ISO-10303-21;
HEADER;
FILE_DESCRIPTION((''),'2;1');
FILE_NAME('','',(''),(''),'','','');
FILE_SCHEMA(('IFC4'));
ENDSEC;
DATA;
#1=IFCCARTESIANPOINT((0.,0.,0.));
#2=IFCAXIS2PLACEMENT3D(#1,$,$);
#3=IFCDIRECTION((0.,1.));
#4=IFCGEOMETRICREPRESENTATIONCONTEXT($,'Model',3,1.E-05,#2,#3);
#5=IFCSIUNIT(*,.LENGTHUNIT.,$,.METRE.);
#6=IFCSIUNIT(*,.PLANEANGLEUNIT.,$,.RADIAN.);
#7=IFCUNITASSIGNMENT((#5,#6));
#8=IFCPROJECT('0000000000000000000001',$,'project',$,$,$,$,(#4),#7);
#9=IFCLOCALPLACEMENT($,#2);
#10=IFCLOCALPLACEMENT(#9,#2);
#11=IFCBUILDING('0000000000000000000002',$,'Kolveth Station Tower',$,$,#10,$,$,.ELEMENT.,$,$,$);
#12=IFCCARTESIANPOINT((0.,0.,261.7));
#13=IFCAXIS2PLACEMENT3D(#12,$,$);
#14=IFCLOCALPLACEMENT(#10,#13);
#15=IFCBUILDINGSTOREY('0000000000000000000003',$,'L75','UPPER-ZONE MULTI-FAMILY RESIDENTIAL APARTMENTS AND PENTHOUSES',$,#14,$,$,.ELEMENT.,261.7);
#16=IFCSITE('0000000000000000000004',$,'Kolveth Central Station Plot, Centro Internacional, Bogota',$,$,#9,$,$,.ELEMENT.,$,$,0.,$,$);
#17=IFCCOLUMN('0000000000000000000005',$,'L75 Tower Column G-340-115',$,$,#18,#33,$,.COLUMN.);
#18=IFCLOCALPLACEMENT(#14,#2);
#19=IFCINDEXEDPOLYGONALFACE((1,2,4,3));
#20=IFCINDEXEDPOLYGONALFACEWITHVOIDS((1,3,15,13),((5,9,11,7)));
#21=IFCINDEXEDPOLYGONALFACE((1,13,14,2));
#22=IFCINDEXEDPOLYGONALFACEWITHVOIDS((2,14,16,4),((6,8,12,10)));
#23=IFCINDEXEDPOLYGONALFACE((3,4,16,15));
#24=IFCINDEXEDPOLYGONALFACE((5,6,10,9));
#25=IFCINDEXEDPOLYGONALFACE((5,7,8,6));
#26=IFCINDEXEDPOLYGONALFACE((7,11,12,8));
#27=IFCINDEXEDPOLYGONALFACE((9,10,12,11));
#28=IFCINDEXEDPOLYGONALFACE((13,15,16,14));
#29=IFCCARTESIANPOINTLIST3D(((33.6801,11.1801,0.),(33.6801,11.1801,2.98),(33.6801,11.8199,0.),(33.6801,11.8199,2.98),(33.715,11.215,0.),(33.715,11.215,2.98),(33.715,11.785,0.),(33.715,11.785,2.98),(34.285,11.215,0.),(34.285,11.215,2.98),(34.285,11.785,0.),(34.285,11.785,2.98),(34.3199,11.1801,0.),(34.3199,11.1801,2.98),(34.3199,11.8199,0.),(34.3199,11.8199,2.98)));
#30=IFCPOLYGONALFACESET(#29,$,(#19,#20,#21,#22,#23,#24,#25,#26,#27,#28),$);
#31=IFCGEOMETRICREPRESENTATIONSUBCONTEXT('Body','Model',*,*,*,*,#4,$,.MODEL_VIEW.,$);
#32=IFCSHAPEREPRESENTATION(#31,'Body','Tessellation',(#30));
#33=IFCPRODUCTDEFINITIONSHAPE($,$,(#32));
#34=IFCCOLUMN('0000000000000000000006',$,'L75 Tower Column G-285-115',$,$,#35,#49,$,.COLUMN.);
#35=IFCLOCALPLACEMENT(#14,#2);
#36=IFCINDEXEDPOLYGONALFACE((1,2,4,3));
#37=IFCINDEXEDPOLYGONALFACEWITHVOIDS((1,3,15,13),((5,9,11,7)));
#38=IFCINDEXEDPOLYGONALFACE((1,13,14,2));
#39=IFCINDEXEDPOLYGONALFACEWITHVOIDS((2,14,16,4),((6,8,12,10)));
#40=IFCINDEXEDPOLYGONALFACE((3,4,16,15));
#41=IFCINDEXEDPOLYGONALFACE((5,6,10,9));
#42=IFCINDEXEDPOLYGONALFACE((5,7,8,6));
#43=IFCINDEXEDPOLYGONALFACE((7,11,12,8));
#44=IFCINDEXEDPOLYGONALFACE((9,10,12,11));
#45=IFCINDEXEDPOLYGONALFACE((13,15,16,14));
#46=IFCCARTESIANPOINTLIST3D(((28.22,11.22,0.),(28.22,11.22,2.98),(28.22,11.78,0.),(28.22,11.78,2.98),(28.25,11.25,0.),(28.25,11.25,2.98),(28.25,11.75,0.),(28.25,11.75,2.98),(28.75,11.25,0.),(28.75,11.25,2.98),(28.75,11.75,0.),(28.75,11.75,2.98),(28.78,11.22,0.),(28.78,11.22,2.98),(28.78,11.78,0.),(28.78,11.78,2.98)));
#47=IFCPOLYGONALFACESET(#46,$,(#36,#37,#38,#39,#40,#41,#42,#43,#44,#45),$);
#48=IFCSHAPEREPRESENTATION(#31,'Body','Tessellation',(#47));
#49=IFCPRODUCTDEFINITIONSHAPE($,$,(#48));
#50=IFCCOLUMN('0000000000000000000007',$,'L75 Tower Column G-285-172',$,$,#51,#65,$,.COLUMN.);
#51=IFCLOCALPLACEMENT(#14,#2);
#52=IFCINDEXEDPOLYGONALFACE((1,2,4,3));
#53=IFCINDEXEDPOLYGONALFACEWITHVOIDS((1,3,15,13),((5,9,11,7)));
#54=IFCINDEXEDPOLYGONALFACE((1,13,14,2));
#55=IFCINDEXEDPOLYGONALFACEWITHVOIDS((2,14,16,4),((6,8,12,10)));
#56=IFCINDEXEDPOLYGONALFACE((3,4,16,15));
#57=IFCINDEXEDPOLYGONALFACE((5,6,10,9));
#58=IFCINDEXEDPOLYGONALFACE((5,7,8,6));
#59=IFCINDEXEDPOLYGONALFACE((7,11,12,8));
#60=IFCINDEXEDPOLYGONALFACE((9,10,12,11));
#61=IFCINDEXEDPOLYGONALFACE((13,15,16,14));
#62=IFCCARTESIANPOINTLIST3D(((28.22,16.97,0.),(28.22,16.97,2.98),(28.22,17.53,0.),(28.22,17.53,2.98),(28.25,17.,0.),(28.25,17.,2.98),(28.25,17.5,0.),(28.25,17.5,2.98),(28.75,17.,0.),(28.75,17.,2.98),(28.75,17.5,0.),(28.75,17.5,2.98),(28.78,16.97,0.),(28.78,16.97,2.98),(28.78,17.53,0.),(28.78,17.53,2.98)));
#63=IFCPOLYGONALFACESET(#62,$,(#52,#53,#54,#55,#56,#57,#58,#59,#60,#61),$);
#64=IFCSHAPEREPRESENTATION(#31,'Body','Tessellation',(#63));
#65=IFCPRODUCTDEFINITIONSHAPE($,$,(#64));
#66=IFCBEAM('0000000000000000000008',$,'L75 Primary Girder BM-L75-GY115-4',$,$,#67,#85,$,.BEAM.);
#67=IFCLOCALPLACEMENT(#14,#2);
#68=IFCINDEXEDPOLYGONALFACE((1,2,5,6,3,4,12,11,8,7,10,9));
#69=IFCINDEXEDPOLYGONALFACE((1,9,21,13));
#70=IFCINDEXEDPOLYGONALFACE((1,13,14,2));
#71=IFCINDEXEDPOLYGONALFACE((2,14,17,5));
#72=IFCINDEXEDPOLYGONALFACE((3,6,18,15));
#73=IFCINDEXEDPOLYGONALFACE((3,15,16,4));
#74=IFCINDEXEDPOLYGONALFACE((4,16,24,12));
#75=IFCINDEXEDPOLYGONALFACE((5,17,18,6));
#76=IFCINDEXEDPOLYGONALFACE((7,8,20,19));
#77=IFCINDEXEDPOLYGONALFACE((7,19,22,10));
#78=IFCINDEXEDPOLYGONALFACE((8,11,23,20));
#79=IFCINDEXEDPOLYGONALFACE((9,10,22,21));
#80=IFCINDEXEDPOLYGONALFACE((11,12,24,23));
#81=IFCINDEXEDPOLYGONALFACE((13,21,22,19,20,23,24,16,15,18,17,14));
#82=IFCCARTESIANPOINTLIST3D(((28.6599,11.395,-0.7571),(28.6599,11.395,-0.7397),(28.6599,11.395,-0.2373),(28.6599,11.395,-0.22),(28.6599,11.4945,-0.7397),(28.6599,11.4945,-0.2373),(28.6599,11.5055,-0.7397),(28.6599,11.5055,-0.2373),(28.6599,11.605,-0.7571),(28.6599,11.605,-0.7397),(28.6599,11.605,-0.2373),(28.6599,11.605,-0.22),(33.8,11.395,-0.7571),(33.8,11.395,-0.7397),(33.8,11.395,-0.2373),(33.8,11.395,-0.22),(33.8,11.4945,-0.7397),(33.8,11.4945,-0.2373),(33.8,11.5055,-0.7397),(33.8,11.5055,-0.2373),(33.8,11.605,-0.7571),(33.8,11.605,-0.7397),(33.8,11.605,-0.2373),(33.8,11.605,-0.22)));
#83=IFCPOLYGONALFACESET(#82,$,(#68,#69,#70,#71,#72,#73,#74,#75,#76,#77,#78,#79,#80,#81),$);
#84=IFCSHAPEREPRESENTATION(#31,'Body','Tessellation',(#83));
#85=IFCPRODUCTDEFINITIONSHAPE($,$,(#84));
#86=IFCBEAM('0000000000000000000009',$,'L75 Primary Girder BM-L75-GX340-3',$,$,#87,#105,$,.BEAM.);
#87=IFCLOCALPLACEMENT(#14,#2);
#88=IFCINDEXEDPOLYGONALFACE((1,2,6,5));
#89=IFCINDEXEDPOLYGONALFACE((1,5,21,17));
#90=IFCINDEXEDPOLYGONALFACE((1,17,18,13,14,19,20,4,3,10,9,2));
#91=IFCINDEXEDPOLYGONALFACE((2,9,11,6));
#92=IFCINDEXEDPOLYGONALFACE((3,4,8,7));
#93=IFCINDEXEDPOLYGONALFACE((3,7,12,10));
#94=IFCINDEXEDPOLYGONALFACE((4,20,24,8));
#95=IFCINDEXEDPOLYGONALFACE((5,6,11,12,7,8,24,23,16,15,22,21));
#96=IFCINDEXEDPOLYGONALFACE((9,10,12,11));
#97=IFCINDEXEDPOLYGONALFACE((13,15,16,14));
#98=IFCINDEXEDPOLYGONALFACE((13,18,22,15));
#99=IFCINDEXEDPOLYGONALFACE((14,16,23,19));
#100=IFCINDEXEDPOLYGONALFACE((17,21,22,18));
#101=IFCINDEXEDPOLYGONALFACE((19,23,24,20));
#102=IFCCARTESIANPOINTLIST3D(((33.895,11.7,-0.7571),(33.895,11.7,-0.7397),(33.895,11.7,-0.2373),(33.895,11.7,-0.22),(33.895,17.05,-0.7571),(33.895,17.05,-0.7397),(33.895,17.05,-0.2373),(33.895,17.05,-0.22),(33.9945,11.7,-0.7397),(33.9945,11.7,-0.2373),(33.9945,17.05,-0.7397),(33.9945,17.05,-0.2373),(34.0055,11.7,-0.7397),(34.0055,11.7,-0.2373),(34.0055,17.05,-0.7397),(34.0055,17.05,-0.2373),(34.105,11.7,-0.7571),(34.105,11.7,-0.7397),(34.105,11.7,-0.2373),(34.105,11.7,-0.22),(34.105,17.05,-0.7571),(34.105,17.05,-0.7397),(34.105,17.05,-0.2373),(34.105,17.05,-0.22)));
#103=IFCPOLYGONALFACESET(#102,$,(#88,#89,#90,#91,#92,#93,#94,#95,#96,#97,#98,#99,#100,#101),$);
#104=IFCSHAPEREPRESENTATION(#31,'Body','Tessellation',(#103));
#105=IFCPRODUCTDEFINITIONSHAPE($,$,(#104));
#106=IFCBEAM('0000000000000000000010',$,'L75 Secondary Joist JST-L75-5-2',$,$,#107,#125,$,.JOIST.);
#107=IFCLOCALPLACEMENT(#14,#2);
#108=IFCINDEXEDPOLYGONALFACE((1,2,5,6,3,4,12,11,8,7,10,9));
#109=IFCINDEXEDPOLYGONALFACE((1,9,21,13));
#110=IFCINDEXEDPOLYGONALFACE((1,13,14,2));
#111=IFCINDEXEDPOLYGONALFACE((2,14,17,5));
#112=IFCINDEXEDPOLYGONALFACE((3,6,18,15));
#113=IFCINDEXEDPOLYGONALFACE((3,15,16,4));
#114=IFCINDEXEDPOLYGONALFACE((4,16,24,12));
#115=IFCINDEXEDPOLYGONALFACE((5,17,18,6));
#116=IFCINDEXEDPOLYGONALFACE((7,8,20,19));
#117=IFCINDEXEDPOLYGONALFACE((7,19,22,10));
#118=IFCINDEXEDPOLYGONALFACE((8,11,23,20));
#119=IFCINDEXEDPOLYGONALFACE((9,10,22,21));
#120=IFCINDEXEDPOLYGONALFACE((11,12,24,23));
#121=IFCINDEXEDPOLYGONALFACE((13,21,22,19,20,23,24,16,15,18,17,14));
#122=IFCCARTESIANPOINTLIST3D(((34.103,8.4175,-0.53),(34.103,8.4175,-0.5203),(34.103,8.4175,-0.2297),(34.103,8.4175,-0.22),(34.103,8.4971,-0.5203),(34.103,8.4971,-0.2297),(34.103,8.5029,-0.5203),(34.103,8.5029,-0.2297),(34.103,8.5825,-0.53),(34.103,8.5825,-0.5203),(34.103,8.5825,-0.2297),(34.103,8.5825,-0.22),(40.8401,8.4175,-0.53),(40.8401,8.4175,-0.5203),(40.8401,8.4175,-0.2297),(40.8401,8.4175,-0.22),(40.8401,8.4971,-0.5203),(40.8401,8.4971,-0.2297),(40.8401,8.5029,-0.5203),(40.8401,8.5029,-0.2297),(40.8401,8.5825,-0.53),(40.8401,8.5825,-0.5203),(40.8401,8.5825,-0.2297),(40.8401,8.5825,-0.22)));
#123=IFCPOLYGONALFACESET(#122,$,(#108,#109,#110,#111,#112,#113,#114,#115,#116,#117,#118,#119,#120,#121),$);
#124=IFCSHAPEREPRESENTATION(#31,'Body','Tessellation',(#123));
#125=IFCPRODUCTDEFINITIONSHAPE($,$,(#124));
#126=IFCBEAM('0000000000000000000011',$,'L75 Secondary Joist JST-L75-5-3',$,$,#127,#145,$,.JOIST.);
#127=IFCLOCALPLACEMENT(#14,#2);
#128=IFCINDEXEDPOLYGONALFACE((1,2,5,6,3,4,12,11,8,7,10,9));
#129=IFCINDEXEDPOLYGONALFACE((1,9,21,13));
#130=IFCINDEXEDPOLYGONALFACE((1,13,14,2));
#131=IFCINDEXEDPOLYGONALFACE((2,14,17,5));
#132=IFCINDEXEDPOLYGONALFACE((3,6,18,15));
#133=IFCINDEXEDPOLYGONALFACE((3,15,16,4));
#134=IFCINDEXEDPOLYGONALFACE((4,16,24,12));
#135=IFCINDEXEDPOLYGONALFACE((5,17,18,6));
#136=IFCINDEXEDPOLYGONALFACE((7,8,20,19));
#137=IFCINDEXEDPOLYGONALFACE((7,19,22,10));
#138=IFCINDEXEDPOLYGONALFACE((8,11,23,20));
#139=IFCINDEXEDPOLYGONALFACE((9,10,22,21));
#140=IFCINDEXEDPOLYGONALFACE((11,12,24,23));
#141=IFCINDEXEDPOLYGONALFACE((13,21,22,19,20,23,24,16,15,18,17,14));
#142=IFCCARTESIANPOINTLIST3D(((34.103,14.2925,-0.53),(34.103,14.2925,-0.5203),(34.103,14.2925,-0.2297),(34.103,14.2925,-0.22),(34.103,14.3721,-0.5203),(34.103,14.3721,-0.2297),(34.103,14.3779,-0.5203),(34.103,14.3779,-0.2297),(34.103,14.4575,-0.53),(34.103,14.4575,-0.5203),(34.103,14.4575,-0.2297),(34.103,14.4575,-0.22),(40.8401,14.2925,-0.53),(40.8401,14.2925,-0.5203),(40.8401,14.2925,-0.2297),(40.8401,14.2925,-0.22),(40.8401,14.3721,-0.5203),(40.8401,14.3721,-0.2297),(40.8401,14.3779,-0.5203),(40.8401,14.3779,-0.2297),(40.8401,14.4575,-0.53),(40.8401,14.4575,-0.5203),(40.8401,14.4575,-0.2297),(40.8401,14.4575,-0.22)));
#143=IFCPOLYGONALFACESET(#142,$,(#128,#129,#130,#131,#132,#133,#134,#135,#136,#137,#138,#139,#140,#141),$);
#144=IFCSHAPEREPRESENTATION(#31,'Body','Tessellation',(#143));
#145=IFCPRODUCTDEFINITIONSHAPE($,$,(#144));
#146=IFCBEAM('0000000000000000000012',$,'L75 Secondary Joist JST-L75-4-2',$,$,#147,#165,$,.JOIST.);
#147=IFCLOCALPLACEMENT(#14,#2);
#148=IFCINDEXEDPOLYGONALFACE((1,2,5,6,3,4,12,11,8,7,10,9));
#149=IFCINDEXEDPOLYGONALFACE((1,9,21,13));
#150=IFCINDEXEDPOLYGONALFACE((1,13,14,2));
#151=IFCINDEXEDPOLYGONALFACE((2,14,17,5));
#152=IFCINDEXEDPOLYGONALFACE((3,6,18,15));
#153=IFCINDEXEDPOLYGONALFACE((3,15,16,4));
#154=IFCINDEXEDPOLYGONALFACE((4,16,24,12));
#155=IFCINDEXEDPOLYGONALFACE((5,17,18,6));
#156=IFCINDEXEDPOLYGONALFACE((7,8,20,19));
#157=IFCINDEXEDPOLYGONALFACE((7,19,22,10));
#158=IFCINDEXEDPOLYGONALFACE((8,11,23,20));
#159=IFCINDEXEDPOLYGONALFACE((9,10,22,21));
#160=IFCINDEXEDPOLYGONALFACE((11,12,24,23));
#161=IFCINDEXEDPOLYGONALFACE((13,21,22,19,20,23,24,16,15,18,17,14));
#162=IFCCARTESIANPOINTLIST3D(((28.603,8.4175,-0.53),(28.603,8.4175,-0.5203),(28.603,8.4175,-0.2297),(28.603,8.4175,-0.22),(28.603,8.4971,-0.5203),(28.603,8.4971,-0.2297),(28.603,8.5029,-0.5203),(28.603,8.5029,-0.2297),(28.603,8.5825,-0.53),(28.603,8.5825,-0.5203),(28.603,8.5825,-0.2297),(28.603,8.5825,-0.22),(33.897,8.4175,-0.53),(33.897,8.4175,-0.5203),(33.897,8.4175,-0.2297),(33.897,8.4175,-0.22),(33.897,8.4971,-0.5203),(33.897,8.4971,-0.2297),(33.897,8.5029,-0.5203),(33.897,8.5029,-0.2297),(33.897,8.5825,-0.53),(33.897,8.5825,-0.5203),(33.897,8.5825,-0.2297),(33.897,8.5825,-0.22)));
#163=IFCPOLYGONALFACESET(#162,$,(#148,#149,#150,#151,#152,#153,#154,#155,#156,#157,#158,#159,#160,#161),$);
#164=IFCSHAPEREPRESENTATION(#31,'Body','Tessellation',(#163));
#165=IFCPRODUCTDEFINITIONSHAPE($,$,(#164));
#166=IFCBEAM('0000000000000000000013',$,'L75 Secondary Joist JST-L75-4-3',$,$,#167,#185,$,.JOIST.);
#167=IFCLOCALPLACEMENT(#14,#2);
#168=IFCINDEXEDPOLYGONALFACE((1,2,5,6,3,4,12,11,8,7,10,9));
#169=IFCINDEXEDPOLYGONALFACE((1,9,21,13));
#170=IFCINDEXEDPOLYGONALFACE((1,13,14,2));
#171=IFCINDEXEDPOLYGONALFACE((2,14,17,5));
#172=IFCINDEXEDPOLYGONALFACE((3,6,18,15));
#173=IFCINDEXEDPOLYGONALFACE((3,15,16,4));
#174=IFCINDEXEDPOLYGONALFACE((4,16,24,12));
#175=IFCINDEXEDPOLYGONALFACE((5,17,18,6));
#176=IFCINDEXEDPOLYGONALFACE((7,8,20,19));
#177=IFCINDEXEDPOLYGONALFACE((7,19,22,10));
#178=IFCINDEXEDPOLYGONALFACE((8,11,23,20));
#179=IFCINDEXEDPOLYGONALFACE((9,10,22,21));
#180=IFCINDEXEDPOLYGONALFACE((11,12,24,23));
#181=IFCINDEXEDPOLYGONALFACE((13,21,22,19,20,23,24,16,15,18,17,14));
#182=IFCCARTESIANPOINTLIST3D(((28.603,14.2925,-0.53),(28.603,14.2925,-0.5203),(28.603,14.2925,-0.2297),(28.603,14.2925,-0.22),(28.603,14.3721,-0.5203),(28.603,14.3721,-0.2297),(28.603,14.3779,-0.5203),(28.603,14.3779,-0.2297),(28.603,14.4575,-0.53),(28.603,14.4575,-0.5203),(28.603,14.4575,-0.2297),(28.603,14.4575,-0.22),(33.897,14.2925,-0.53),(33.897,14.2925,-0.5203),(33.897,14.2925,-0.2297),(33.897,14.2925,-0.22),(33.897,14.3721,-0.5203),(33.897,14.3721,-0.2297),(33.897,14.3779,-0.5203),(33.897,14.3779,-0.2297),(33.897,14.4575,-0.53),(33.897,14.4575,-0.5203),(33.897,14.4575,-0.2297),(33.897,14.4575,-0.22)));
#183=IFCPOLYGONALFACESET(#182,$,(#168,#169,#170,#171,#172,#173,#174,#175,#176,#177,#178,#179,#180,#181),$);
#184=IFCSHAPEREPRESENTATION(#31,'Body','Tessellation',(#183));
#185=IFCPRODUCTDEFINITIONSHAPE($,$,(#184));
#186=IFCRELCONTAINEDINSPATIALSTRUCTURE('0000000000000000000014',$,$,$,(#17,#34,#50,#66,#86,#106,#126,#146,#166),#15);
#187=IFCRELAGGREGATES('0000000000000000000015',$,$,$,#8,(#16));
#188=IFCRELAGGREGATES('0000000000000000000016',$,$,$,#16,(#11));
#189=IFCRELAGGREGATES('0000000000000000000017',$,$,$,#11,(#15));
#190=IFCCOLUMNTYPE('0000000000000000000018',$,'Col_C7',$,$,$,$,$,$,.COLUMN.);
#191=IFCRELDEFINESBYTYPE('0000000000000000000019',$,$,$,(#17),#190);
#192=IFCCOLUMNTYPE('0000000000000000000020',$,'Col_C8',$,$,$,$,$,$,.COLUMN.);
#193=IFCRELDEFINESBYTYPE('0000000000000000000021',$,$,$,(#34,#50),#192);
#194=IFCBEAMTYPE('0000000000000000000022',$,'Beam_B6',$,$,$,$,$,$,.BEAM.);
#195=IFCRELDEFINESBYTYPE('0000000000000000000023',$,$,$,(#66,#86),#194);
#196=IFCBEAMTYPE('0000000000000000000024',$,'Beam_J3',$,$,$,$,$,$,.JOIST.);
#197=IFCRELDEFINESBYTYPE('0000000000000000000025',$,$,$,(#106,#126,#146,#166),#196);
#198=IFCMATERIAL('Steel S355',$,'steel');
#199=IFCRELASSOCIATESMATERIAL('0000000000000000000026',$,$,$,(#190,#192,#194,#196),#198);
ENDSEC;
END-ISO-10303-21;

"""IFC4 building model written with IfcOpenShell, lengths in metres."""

from ifc_helpers import new_model, si_unit, direction, frame, origin, origin_2d, place, context, subcontext, project, spatial, hollow_rectangle, i_section, extrude, source, transform, mapped, material, material_profile, profile_set, type_object, element, save


model = new_model("IFC4")

# Units and contexts
model_context = context("Model", 3, precision=1e-05, world=origin(), true_north=direction((0.0, 1.0)))
body_context = subcontext(model_context, "Body", "Model", "MODEL_VIEW")
ifc_project = project(units=[si_unit("LENGTHUNIT", "METRE"), si_unit("PLANEANGLEUNIT", "RADIAN")], contexts=[model_context])

# Site, building, storey
site_placement = place(None, origin())
site = spatial("IfcSite", under=ifc_project, at=site_placement, Name="Kolveth Central Station Plot, Centro Internacional, Bogota", CompositionType="ELEMENT", RefElevation=0.0)
building_placement = place(site_placement, origin())
building = spatial("IfcBuilding", under=site, at=building_placement, Name="Kolveth Station Tower", CompositionType="ELEMENT")
storey_placement = place(building_placement, frame((0.0, 0.0, 261.7)))
storey = spatial("IfcBuildingStorey", under=building, at=storey_placement, Name="L75", Description="UPPER-ZONE MULTI-FAMILY RESIDENTIAL APARTMENTS AND PENTHOUSES", CompositionType="ELEMENT", Elevation=261.7)

# Columns
ifc_material_1 = material(Name="Steel S355", Category="steel")
ifc_material_profile_1 = material_profile(ifc_material_1, hollow_rectangle(XDim=0.6399, YDim=0.6399, WallThickness=0.0349, at=origin_2d()), Name="BOX640x640x35")
ifc_profile_set_1 = profile_set([ifc_material_profile_1], Name="Steel S355")
column_type_1 = type_object("IfcColumnType", Name="Col_C7", PredefinedType="COLUMN", material=ifc_profile_set_1)
shared_shape_1 = source(origin(), body_context, "Body", "SweptSolid", [
    extrude(hollow_rectangle(XDim=0.6399, YDim=0.6399, WallThickness=0.0349, at=origin_2d()), origin(), (0.0, 0.0, 1.0), 2.98),
])
column_placement = place(storey_placement, frame((34.0, 11.5, 0.0), z_axis=(0.0, 0.0, 1.0), x_axis=(1.0, 0.0, 0.0)))
element("IfcColumn", 1, at=column_placement, inside=storey, type_object=column_type_1, Name="L75 Tower Column G-340-115", PredefinedType="COLUMN", context=body_context, shape_type="MappedRepresentation", body=[
    mapped(shared_shape_1, transform((0.0, 0.0, 0.0), x_axis=(1.0, 0.0, 0.0), y_axis=(0.0, 1.0, 0.0), z_axis=(0.0, 0.0, 1.0), scale=1.0)),
])
ifc_material_profile_2 = material_profile(ifc_material_1, hollow_rectangle(XDim=0.5601, YDim=0.5601, WallThickness=0.03, at=origin_2d()), Name="BOX560x560x30")
ifc_profile_set_2 = profile_set([ifc_material_profile_2], Name="Steel S355")
column_type_2 = type_object("IfcColumnType", Name="Col_C8", PredefinedType="COLUMN", material=ifc_profile_set_2)
shared_shape_2 = source(origin(), body_context, "Body", "SweptSolid", [
    extrude(hollow_rectangle(XDim=0.5601, YDim=0.5601, WallThickness=0.03, at=origin_2d()), origin(), (0.0, 0.0, 1.0), 2.98),
])
for number, where, z_axis, x_axis, name in (
    (2, (28.5, 11.5, 0.0), (0.0, 0.0, 1.0), (1.0, 0.0, 0.0), "L75 Tower Column G-285-115"),
    (3, (28.5, 17.25, 0.0), (0.0, 0.0, 1.0), (1.0, 0.0, 0.0), "L75 Tower Column G-285-172"),
):
    element("IfcColumn", number, at=place(storey_placement, frame(where, z_axis=z_axis, x_axis=x_axis)), inside=storey, type_object=column_type_2, Name=name, PredefinedType="COLUMN", context=body_context, shape_type="MappedRepresentation", body=[
        mapped(shared_shape_2, transform((0.0, 0.0, 0.0), x_axis=(1.0, 0.0, 0.0), y_axis=(0.0, 1.0, 0.0), z_axis=(0.0, 0.0, 1.0), scale=1.0)),
    ])

# Beams
ifc_material_profile_3 = material_profile(ifc_material_1, i_section(OverallWidth=0.21, OverallDepth=0.5371, WebThickness=0.011, FlangeThickness=0.0173, at=origin_2d()), Name="W530x101")
ifc_profile_set_3 = profile_set([ifc_material_profile_3], Name="Steel S355")
beam_type_1 = type_object("IfcBeamType", Name="Beam_B6", PredefinedType="BEAM", material=ifc_profile_set_3)
shared_shape_3 = source(origin(), body_context, "Body", "SweptSolid", [
    extrude(i_section(OverallWidth=0.21, OverallDepth=0.5371, WebThickness=0.011, FlangeThickness=0.0173, at=origin_2d()), origin(), (0.0, 0.0, 1.0), 5.1401),
])
beam_1_placement = place(storey_placement, frame((28.6599, 11.5, -0.4885), z_axis=(1.0, 0.0, 0.0), x_axis=(0.0, 1.0, 0.0)))
element("IfcBeam", 4, at=beam_1_placement, inside=storey, type_object=beam_type_1, Name="L75 Primary Girder BM-L75-GY115-4", PredefinedType="BEAM", context=body_context, shape_type="MappedRepresentation", body=[
    mapped(shared_shape_3, transform((0.0, 0.0, 0.0), x_axis=(1.0, 0.0, 0.0), y_axis=(0.0, 1.0, 0.0), z_axis=(0.0, 0.0, 1.0), scale=1.0)),
])
shared_shape_4 = source(origin(), body_context, "Body", "SweptSolid", [
    extrude(i_section(OverallWidth=0.21, OverallDepth=0.5371, WebThickness=0.011, FlangeThickness=0.0173, at=origin_2d()), origin(), (0.0, 0.0, 1.0), 5.3501),
])
beam_2_placement = place(storey_placement, frame((34.0, 11.7, -0.4885), z_axis=(0.0, 1.0, 0.0), x_axis=(-1.0, 0.0, 0.0)))
element("IfcBeam", 5, at=beam_2_placement, inside=storey, type_object=beam_type_1, Name="L75 Primary Girder BM-L75-GX340-3", PredefinedType="BEAM", context=body_context, shape_type="MappedRepresentation", body=[
    mapped(shared_shape_4, transform((0.0, 0.0, 0.0), x_axis=(1.0, 0.0, 0.0), y_axis=(0.0, 1.0, 0.0), z_axis=(0.0, 0.0, 1.0), scale=1.0)),
])
ifc_material_profile_4 = material_profile(ifc_material_1, i_section(OverallWidth=0.165, OverallDepth=0.3101, WebThickness=0.0059, FlangeThickness=0.0098, at=origin_2d()), Name="W310x39")
ifc_profile_set_4 = profile_set([ifc_material_profile_4], Name="Steel S355")
beam_type_2 = type_object("IfcBeamType", Name="Beam_J3", PredefinedType="JOIST", material=ifc_profile_set_4)
shared_shape_5 = source(origin(), body_context, "Body", "SweptSolid", [
    extrude(i_section(OverallWidth=0.165, OverallDepth=0.3101, WebThickness=0.0059, FlangeThickness=0.0098, at=origin_2d()), origin(), (0.0, 0.0, 1.0), 6.7371),
])
for number, where, z_axis, x_axis, name in (
    (6, (34.103, 8.5, -0.375), (1.0, 0.0, 0.0), (0.0, 1.0, 0.0), "L75 Secondary Joist JST-L75-5-2"),
    (7, (34.103, 14.375, -0.375), (1.0, 0.0, 0.0), (0.0, 1.0, 0.0), "L75 Secondary Joist JST-L75-5-3"),
):
    element("IfcBeam", number, at=place(storey_placement, frame(where, z_axis=z_axis, x_axis=x_axis)), inside=storey, type_object=beam_type_2, Name=name, PredefinedType="JOIST", context=body_context, shape_type="MappedRepresentation", body=[
        mapped(shared_shape_5, transform((0.0, 0.0, 0.0), x_axis=(1.0, 0.0, 0.0), y_axis=(0.0, 1.0, 0.0), z_axis=(0.0, 0.0, 1.0), scale=1.0)),
    ])
shared_shape_6 = source(origin(), body_context, "Body", "SweptSolid", [
    extrude(i_section(OverallWidth=0.165, OverallDepth=0.3101, WebThickness=0.0059, FlangeThickness=0.0098, at=origin_2d()), origin(), (0.0, 0.0, 1.0), 5.2939),
])
for number, where, z_axis, x_axis, name in (
    (8, (28.603, 8.5, -0.375), (1.0, 0.0, 0.0), (0.0, 1.0, 0.0), "L75 Secondary Joist JST-L75-4-2"),
    (9, (28.603, 14.375, -0.375), (1.0, 0.0, 0.0), (0.0, 1.0, 0.0), "L75 Secondary Joist JST-L75-4-3"),
):
    element("IfcBeam", number, at=place(storey_placement, frame(where, z_axis=z_axis, x_axis=x_axis)), inside=storey, type_object=beam_type_2, Name=name, PredefinedType="JOIST", context=body_context, shape_type="MappedRepresentation", body=[
        mapped(shared_shape_6, transform((0.0, 0.0, 0.0), x_axis=(1.0, 0.0, 0.0), y_axis=(0.0, 1.0, 0.0), z_axis=(0.0, 0.0, 1.0), scale=1.0)),
    ])

save(model, "model.ifc")
